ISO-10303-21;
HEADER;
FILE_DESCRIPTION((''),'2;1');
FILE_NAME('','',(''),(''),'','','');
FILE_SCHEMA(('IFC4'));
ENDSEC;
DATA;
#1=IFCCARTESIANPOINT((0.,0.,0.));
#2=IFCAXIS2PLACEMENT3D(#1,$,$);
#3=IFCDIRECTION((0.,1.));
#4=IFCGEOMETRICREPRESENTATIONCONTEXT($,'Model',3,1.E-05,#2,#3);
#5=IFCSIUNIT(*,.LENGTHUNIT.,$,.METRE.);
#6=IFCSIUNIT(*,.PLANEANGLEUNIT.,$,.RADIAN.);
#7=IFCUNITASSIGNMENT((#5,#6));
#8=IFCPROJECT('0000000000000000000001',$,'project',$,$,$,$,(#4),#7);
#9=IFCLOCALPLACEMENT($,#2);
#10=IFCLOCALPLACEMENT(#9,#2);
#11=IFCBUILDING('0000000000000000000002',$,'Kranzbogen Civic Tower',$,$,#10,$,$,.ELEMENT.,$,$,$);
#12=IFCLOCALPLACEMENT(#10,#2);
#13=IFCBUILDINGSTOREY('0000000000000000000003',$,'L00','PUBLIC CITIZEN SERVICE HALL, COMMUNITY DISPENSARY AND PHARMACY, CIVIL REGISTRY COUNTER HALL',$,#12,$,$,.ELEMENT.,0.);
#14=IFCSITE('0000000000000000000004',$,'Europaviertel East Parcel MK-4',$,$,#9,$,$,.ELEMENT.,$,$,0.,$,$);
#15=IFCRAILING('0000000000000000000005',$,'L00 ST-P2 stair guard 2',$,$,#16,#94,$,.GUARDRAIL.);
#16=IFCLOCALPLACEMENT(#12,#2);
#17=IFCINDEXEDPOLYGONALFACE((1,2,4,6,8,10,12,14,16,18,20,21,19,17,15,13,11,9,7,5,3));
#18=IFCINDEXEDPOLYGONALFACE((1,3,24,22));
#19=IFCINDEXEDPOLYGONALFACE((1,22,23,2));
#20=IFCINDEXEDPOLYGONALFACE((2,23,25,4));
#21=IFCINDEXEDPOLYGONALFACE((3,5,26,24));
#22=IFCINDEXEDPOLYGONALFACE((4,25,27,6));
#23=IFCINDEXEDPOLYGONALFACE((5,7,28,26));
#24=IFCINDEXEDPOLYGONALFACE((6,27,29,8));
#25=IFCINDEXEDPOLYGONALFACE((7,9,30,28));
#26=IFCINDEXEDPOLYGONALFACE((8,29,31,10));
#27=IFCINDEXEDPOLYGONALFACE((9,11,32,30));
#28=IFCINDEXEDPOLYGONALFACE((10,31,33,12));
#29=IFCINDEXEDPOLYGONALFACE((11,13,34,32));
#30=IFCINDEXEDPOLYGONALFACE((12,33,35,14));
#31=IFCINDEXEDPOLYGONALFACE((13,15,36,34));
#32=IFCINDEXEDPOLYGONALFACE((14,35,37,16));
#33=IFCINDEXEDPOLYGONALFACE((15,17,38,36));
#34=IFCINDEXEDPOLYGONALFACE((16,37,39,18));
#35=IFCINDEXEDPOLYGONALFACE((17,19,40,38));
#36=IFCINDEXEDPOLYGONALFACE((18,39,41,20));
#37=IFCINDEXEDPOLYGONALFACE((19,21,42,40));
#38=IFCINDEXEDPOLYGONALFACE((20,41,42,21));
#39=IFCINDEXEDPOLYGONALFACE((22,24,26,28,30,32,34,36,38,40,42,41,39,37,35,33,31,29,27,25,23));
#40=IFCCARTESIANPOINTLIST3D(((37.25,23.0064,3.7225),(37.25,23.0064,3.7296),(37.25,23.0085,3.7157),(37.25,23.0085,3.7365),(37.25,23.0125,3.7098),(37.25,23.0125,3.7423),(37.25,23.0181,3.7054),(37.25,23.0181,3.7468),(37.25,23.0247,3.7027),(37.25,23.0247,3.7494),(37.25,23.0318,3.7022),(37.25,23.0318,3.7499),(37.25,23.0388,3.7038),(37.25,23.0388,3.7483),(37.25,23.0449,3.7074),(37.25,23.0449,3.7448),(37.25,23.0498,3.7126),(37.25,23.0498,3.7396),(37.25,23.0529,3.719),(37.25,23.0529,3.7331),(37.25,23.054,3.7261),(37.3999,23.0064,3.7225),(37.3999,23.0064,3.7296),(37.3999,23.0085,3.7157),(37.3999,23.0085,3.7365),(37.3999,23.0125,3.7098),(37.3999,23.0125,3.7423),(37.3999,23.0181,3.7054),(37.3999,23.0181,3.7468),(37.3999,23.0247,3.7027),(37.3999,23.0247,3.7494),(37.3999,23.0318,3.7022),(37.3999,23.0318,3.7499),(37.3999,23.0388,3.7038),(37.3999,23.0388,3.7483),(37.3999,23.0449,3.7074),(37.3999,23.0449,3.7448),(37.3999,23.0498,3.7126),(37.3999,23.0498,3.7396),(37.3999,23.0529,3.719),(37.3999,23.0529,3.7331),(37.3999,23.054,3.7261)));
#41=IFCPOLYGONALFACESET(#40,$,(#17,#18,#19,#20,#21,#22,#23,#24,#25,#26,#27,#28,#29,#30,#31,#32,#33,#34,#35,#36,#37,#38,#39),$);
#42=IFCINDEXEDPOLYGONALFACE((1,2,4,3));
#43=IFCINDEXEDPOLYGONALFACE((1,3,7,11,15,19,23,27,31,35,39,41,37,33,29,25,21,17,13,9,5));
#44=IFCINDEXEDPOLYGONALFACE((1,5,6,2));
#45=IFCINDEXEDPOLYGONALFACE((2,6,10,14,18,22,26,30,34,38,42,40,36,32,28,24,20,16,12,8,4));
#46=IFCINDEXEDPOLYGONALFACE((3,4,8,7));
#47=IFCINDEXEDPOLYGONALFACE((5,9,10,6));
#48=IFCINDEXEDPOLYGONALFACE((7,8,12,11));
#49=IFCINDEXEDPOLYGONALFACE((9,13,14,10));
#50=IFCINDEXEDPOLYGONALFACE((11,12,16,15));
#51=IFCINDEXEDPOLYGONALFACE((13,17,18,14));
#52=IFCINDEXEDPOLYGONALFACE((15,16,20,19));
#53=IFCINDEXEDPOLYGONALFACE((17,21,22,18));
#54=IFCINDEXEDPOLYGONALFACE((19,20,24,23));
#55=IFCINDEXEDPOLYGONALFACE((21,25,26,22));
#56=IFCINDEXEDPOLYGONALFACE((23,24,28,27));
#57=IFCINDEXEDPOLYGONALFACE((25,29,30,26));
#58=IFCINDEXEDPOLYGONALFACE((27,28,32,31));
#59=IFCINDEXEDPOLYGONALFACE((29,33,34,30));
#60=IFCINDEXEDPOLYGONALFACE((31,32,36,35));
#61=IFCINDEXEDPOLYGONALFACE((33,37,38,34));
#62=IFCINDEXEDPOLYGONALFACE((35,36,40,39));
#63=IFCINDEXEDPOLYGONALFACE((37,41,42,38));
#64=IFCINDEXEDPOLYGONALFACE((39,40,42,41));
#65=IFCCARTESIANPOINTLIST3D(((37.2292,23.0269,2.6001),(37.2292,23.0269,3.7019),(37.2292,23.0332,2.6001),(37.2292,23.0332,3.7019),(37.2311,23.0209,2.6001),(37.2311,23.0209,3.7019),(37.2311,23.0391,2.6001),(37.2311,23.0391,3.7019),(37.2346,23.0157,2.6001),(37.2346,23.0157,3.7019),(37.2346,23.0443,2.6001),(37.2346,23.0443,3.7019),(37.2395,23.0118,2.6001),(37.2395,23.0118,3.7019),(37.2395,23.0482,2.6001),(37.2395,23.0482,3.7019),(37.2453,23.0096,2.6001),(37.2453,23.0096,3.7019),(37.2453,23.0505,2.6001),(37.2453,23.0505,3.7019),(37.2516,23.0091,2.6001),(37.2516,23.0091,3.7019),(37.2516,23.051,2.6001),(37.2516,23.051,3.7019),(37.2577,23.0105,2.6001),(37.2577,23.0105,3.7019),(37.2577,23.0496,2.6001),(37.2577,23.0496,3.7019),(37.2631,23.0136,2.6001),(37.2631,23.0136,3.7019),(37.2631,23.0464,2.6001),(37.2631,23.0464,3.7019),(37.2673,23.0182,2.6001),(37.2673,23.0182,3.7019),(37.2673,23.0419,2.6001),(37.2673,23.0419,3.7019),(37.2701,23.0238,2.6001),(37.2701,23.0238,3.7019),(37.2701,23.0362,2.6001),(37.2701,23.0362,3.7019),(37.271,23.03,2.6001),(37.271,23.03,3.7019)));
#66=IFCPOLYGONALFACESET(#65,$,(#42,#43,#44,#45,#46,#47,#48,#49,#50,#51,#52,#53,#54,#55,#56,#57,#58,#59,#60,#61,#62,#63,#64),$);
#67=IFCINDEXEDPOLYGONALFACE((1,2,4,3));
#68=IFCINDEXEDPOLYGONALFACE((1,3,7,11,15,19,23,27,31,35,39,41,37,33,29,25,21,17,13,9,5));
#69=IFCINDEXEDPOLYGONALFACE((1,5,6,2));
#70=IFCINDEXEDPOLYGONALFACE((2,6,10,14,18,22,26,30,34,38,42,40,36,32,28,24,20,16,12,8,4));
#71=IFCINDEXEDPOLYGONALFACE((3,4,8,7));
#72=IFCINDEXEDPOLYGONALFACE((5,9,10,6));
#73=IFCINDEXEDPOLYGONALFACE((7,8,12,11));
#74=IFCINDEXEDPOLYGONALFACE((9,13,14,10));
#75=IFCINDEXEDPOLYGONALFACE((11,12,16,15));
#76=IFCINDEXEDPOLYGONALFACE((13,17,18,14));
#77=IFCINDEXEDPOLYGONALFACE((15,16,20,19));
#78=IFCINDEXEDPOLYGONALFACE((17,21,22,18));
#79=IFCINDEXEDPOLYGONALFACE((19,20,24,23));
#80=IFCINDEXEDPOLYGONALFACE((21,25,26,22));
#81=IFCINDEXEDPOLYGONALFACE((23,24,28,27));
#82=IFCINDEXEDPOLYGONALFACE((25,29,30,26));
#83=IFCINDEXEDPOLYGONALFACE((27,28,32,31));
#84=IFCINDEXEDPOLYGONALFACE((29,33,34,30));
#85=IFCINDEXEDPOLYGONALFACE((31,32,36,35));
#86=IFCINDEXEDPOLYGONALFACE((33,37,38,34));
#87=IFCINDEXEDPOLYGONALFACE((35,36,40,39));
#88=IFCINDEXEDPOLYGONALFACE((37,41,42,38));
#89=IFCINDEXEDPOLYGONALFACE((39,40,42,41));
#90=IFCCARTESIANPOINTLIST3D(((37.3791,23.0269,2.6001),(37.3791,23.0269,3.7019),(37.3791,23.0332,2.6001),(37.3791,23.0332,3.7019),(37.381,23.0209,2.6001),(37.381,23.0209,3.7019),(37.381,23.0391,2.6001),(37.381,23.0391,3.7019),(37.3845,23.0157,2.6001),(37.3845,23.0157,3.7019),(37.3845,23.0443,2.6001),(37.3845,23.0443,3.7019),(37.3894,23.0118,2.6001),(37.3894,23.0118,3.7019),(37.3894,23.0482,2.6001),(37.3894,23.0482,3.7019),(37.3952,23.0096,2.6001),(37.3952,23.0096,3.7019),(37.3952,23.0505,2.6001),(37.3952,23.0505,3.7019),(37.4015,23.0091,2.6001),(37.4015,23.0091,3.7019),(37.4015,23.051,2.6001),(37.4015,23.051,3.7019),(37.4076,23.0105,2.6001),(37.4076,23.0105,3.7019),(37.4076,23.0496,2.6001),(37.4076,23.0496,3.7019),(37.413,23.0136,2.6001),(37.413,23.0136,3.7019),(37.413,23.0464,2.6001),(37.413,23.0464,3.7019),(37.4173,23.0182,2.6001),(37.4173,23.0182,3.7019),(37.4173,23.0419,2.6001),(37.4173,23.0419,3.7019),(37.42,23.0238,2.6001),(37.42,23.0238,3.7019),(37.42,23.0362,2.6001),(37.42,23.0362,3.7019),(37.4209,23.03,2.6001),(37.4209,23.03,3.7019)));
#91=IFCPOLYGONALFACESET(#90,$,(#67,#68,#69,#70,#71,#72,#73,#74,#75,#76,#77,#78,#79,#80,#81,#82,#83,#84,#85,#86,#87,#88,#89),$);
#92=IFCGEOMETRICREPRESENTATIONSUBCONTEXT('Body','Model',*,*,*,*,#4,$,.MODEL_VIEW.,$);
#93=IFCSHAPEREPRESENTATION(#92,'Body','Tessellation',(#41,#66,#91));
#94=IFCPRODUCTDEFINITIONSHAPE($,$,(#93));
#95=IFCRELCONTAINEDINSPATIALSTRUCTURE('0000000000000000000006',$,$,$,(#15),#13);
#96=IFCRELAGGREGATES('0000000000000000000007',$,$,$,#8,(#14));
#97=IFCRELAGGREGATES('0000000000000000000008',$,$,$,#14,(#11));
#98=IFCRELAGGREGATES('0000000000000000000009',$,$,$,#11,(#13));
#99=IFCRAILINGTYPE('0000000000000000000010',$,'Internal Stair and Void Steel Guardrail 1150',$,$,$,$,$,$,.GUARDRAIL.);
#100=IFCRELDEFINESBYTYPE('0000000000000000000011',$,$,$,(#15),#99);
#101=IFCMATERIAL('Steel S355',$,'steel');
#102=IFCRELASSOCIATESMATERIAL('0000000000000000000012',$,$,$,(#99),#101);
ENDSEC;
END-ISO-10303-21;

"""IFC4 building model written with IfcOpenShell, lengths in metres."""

from ifc_helpers import new_model, si_unit, direction, frame, origin, origin_2d, place, context, subcontext, project, spatial, circle, extrude, material, type_object, element, save


model = new_model("IFC4")

# Units and contexts
model_context = context("Model", 3, precision=1e-05, world=origin(), true_north=direction((0.0, 1.0)))
body_context = subcontext(model_context, "Body", "Model", "MODEL_VIEW")
ifc_project = project(units=[si_unit("LENGTHUNIT", "METRE"), si_unit("PLANEANGLEUNIT", "RADIAN")], contexts=[model_context])

# Site, building, storey
site_placement = place(None, origin())
site = spatial("IfcSite", under=ifc_project, at=site_placement, Name="Europaviertel East Parcel MK-4", CompositionType="ELEMENT", RefElevation=0.0)
building_placement = place(site_placement, origin())
building = spatial("IfcBuilding", under=site, at=building_placement, Name="Kranzbogen Civic Tower", CompositionType="ELEMENT")
storey_placement = place(building_placement, origin())
storey = spatial("IfcBuildingStorey", under=building, at=storey_placement, Name="L00", Description="PUBLIC CITIZEN SERVICE HALL, COMMUNITY DISPENSARY AND PHARMACY, CIVIL REGISTRY COUNTER HALL", CompositionType="ELEMENT", Elevation=0.0)

# Shared definitions
ifc_material_1 = material(Name="Steel S355", Category="steel")

# Railing
railing_type_1 = type_object("IfcRailingType", Name="Internal Stair and Void Steel Guardrail 1150", PredefinedType="GUARDRAIL", material=ifc_material_1)
railing_1_placement = place(storey_placement, frame((37.25, 23.03, 2.6001)))
element("IfcRailing", 1, at=railing_1_placement, inside=storey, type_object=railing_type_1, Name="L00 ST-P2 stair guard 2", PredefinedType="GUARDRAIL", context=body_context, shape_type="SweptSolid", body=[
    extrude(circle(Radius=0.0239, at=origin_2d()), frame((0.0, 0.0, 1.126), z_axis=(1.0, 0.0, 0.0), x_axis=(0.0, 1.0, 0.0)), (0.0, 0.0, 1.0), 0.1499),
    extrude(circle(Radius=0.021, at=origin_2d()), origin(), (0.0, 0.0, 1.0), 1.1018),
    extrude(circle(Radius=0.021, at=origin_2d()), frame((0.1499, 0.0, 0.0)), (0.0, 0.0, 1.0), 1.1018),
])

save(model, "model.ifc")
